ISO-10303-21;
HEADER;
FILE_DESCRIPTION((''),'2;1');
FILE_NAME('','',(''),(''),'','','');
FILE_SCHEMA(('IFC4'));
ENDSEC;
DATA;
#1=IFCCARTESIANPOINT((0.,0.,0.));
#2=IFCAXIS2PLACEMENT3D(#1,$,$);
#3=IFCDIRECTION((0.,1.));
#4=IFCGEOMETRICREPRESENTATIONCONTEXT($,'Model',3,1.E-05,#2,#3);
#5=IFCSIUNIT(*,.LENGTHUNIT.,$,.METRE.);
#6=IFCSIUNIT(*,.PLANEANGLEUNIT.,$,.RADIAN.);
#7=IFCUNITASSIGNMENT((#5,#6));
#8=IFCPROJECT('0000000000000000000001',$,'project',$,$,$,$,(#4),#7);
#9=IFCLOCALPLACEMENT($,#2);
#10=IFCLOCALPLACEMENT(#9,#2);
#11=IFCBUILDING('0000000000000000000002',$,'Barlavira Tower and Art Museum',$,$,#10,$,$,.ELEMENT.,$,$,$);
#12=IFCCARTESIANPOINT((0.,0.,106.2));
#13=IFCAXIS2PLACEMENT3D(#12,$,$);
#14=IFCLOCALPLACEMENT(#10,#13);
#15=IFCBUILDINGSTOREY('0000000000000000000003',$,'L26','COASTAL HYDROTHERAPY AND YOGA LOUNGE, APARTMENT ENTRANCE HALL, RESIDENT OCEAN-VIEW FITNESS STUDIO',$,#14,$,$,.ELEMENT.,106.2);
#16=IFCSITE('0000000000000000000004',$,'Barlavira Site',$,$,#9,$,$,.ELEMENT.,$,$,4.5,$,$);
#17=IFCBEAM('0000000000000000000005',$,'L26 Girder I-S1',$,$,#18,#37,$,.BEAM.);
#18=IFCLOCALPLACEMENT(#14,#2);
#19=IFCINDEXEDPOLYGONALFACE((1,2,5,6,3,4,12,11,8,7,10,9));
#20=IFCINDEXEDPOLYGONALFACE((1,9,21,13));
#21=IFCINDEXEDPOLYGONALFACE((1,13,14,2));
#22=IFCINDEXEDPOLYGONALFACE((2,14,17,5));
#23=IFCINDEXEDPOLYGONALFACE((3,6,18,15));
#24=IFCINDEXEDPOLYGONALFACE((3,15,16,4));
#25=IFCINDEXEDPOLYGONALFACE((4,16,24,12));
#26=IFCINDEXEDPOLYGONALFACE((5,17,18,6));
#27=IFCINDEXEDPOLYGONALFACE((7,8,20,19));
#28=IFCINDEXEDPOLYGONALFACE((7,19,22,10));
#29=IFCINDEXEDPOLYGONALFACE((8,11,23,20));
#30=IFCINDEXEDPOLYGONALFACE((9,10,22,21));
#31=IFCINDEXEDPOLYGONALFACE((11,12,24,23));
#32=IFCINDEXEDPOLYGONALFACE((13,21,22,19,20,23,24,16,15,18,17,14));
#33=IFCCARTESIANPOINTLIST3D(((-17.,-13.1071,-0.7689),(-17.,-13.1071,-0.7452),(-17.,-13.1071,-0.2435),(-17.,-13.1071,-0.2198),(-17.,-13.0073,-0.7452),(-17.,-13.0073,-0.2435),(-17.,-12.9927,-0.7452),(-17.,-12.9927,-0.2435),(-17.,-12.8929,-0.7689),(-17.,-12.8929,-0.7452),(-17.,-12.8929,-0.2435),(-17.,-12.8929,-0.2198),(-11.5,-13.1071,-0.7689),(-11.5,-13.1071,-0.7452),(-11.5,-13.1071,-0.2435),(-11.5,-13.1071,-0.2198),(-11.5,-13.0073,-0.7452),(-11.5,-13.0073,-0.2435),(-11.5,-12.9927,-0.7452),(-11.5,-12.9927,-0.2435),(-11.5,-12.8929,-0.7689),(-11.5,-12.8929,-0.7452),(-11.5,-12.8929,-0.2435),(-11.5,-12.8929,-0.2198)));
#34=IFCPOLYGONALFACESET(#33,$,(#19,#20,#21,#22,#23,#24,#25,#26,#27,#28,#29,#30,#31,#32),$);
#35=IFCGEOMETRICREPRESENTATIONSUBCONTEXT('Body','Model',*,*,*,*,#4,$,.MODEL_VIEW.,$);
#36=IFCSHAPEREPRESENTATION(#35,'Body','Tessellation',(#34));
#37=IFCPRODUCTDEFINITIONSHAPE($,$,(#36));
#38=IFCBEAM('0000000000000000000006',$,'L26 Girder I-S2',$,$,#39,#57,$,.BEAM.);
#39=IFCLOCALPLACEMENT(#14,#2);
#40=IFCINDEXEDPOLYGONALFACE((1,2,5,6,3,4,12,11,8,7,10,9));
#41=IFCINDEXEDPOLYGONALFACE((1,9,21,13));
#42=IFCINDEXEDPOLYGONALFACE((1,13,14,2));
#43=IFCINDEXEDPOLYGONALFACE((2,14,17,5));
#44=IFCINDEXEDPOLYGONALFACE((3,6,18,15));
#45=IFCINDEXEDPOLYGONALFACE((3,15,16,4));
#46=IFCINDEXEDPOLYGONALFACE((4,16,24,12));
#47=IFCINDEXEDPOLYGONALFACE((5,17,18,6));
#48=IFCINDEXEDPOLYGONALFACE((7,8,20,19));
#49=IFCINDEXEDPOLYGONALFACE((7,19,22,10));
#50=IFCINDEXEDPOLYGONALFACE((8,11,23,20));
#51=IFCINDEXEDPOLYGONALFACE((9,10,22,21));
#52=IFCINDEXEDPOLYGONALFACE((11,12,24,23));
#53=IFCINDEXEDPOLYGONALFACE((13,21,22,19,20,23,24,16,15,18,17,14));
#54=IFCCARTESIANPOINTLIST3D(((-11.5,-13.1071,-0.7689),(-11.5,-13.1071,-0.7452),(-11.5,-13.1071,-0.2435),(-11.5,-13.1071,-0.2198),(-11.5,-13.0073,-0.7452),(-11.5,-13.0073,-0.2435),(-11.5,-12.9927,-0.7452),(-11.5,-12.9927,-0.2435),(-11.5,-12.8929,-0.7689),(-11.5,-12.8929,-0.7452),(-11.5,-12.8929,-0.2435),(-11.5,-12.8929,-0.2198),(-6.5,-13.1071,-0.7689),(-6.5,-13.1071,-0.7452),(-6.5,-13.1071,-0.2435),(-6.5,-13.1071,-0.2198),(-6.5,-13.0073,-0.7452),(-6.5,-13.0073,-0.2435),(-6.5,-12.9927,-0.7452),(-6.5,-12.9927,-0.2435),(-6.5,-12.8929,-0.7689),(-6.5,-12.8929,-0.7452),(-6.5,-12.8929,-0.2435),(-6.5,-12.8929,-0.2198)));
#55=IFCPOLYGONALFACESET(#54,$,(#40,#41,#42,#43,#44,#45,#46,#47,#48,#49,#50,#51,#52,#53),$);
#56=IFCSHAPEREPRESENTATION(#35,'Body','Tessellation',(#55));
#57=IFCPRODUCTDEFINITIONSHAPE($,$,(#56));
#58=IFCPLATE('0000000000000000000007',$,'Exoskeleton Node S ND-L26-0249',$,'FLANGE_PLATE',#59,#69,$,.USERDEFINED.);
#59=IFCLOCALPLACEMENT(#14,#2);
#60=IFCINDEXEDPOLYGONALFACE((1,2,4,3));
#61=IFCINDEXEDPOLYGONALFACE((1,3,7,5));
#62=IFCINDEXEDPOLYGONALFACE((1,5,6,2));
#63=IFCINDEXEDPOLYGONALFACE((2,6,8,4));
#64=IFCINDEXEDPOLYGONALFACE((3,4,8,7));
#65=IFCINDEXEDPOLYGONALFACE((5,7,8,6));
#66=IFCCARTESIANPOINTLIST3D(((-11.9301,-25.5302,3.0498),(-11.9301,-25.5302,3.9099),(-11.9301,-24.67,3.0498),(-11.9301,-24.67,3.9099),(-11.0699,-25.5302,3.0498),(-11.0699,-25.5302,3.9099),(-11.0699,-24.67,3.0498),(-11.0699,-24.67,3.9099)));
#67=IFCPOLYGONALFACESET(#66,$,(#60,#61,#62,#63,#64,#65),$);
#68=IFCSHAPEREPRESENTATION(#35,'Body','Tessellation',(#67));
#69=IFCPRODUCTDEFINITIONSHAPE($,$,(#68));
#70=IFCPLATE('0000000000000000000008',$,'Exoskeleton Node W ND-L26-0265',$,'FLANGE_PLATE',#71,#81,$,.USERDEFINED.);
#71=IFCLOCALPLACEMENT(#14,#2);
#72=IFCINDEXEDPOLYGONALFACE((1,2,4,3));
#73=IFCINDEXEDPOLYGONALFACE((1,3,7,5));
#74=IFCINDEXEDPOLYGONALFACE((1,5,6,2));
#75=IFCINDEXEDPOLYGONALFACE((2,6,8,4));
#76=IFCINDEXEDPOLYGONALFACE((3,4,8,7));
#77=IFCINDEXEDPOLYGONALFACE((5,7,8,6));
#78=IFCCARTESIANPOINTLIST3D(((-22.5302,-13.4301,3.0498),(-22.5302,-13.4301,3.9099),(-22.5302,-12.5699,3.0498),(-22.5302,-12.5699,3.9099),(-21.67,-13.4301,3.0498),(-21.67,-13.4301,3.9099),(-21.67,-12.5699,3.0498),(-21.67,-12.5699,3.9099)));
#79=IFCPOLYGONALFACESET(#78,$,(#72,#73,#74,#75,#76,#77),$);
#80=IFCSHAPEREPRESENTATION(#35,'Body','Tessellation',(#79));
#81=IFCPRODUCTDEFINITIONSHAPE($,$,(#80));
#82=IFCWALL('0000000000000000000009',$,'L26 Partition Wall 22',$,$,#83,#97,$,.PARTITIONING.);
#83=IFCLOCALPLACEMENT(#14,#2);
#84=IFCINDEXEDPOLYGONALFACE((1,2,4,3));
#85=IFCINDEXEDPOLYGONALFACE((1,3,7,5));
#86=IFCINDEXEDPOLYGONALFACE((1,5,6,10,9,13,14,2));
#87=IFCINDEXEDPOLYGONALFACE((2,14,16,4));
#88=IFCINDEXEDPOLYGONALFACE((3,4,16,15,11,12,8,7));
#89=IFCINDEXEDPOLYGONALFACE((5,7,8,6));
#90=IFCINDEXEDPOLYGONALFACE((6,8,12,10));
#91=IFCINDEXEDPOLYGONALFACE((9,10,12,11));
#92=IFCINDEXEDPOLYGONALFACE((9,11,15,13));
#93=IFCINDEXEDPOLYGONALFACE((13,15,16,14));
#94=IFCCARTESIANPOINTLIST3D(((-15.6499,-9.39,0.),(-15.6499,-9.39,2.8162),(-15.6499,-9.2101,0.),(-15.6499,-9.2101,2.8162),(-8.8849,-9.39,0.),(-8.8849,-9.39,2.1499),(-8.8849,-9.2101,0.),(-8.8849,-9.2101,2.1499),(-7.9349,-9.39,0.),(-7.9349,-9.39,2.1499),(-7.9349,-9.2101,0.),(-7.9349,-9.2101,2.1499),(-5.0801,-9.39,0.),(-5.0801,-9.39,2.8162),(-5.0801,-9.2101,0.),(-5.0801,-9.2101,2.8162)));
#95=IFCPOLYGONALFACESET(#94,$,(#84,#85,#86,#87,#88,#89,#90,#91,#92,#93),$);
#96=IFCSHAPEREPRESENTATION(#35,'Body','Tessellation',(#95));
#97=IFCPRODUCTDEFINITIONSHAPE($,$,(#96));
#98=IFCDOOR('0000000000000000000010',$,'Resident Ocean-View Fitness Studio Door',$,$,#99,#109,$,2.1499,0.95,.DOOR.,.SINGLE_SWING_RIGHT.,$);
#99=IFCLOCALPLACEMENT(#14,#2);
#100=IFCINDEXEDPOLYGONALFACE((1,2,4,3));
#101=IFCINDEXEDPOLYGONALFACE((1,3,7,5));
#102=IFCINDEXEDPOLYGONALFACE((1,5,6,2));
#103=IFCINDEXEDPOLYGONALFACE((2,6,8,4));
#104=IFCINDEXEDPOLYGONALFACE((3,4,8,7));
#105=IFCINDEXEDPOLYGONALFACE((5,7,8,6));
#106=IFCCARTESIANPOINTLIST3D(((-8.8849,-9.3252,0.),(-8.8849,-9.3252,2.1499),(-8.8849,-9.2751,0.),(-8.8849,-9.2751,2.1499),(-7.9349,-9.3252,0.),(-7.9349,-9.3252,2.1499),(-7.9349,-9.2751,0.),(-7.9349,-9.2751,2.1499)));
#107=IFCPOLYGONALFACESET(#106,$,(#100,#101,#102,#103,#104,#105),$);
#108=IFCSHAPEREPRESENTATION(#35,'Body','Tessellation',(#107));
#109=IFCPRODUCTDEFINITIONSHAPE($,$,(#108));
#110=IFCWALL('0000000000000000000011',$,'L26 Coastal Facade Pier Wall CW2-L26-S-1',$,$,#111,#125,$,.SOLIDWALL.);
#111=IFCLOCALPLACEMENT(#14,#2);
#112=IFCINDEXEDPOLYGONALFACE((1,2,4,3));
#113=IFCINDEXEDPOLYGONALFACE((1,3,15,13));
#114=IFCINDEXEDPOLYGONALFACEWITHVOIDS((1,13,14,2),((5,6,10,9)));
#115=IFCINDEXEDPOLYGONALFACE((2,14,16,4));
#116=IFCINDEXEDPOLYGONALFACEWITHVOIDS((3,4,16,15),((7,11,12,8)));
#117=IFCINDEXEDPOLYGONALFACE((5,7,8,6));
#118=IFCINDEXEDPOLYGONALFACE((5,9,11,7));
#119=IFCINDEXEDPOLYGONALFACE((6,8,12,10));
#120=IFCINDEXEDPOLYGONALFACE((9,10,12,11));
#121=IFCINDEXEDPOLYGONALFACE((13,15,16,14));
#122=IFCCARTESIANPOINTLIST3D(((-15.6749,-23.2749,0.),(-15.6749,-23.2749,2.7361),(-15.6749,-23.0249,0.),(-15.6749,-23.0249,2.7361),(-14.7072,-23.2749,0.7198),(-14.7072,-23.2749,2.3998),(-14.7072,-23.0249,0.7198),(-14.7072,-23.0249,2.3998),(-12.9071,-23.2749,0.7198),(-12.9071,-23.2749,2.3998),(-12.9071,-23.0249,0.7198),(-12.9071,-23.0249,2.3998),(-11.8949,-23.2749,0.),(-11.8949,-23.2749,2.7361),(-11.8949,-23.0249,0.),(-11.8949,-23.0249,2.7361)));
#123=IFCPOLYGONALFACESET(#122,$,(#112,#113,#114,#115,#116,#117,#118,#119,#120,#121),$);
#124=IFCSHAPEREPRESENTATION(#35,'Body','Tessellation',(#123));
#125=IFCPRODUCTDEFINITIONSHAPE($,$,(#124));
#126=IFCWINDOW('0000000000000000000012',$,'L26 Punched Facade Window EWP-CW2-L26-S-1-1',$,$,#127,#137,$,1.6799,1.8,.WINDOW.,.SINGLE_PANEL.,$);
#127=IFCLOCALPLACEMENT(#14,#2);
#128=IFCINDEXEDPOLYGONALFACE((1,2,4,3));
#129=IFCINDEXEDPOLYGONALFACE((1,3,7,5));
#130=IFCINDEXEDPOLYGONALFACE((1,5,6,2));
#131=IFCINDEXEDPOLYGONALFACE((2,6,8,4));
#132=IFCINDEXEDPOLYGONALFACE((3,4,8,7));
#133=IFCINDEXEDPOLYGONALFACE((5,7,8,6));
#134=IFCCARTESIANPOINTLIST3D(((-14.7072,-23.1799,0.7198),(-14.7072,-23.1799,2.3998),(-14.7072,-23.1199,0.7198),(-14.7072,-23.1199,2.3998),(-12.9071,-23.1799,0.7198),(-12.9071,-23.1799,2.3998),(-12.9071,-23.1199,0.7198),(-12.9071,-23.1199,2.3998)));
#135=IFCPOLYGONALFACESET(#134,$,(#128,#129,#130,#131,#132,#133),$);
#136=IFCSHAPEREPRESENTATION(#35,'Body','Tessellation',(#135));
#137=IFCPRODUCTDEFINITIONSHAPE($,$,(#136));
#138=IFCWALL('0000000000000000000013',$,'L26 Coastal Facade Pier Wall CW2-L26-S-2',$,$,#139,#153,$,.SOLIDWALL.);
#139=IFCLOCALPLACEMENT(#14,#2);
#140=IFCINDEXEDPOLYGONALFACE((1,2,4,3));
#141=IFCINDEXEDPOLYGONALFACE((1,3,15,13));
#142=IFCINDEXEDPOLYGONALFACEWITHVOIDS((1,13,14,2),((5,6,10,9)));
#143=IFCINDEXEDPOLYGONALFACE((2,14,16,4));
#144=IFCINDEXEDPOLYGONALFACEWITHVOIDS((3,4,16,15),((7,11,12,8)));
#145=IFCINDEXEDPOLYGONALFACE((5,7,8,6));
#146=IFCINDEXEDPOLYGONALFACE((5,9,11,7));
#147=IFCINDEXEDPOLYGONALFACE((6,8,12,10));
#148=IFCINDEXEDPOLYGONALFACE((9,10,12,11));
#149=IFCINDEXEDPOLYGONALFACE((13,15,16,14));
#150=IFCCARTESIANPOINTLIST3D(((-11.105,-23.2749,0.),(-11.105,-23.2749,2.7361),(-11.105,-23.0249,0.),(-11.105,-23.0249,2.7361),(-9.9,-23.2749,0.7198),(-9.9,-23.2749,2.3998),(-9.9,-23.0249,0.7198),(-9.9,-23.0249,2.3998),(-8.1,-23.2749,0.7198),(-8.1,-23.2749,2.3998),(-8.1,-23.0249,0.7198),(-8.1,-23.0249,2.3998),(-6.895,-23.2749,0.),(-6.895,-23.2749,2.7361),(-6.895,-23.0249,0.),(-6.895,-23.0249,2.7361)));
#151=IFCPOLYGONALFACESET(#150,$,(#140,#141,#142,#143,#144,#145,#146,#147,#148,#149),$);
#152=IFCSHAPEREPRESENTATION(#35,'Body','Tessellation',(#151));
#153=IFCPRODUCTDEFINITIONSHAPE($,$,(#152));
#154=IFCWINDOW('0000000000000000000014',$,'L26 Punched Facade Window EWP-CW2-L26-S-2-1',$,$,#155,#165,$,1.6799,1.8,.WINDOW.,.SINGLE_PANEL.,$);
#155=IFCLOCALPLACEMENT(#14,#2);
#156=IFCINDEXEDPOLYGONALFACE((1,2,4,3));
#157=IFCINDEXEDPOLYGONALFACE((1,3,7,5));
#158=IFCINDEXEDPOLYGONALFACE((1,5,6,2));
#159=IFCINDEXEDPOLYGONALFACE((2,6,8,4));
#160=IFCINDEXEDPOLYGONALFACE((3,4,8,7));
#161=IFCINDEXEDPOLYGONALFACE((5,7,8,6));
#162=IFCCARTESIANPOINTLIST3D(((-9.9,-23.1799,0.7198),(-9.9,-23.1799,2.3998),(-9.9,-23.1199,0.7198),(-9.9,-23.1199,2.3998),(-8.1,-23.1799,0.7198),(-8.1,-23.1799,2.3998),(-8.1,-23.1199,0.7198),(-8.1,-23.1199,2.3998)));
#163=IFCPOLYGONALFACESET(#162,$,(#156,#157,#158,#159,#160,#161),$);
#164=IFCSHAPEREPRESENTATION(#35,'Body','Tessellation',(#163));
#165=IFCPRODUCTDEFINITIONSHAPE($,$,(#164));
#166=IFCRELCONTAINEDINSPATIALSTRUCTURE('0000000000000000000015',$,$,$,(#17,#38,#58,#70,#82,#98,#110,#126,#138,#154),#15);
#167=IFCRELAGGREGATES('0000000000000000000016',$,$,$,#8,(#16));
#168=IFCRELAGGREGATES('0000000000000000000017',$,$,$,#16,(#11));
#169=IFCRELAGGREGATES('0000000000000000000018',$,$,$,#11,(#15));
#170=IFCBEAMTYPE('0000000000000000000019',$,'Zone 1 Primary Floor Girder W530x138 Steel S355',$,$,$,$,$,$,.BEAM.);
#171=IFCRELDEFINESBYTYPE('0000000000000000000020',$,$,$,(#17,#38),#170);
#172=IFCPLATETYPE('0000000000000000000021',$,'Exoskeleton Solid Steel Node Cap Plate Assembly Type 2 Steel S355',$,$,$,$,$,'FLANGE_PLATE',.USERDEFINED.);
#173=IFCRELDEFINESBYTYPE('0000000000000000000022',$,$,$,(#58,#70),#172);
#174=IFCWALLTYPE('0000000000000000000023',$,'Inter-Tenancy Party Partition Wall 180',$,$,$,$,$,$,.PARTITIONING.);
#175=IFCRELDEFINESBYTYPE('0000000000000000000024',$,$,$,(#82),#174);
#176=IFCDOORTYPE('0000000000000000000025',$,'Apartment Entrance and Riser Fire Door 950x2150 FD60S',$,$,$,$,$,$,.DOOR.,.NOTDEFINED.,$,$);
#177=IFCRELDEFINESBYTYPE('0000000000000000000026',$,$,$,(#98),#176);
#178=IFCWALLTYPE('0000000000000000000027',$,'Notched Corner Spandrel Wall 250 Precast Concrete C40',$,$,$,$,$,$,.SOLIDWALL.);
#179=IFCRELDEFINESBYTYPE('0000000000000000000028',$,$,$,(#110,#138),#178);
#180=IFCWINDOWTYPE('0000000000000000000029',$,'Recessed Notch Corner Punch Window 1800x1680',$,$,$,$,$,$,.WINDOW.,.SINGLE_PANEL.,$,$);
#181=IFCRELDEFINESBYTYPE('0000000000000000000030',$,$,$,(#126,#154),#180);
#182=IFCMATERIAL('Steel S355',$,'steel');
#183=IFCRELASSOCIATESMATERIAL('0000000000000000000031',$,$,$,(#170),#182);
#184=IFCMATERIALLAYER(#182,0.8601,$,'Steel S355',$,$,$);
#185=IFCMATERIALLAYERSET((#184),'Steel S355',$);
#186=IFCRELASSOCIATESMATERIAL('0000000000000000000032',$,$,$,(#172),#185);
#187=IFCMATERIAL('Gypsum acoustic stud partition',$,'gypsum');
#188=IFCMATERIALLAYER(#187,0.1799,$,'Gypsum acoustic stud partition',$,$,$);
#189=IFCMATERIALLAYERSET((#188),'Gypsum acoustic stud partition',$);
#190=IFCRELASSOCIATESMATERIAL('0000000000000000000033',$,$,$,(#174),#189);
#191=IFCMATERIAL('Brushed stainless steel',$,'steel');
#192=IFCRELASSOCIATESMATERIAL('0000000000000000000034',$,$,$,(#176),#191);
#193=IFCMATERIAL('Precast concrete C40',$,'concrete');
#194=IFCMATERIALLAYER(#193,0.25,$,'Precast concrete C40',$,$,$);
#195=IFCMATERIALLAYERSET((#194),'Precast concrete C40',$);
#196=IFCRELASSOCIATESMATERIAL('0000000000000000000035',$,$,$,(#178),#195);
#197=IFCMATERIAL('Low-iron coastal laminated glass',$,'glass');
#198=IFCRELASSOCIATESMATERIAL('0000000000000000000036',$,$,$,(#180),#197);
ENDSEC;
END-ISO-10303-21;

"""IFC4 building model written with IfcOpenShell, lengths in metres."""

from ifc_helpers import new_model, si_unit, direction, frame, frame_2d, origin, origin_2d, place, context, subcontext, project, spatial, rectangle, i_section, extrude, material, layer, layer_set, material_profile, profile_set, type_object, element, fill, save


model = new_model("IFC4")

# Units and contexts
model_context = context("Model", 3, precision=1e-05, world=origin(), true_north=direction((0.0, 1.0)))
body_context = subcontext(model_context, "Body", "Model", "MODEL_VIEW")
ifc_project = project(units=[si_unit("LENGTHUNIT", "METRE"), si_unit("PLANEANGLEUNIT", "RADIAN")], contexts=[model_context])

# Site, building, storey
site_placement = place(None, origin())
site = spatial("IfcSite", under=ifc_project, at=site_placement, Name="Barlavira Site", CompositionType="ELEMENT", RefElevation=4.5)
building_placement = place(site_placement, origin())
building = spatial("IfcBuilding", under=site, at=building_placement, Name="Barlavira Tower and Art Museum", CompositionType="ELEMENT")
storey_placement = place(building_placement, frame((0.0, 0.0, 106.2)))
storey = spatial("IfcBuildingStorey", under=building, at=storey_placement, Name="L26", Description="COASTAL HYDROTHERAPY AND YOGA LOUNGE, APARTMENT ENTRANCE HALL, RESIDENT OCEAN-VIEW FITNESS STUDIO", CompositionType="ELEMENT", Elevation=106.2)

# Beams
ifc_material_1 = material(Name="Steel S355", Category="steel")
ifc_material_profile_1 = material_profile(ifc_material_1, i_section(OverallWidth=0.2141, OverallDepth=0.5491, WebThickness=0.0146, FlangeThickness=0.0237, at=origin_2d()), Name="W530x138.0")
ifc_profile_set_1 = profile_set([ifc_material_profile_1], Name="Steel S355")
beam_type_1 = type_object("IfcBeamType", Name="Zone 1 Primary Floor Girder W530x138 Steel S355", PredefinedType="BEAM", material=ifc_profile_set_1)
for number, where, z_axis, x_axis, name in (
    (1, (-17.0, -13.0, -0.4944), (1.0, 0.0, 0.0), (0.0, 1.0, 0.0), "L26 Girder I-S1"),
):
    element("IfcBeam", number, at=place(storey_placement, frame(where, z_axis=z_axis, x_axis=x_axis)), inside=storey, type_object=beam_type_1, Name=name, PredefinedType="BEAM", context=body_context, shape_type="SweptSolid", body=[
        extrude(i_section(OverallWidth=0.2141, OverallDepth=0.5491, WebThickness=0.0146, FlangeThickness=0.0237, at=origin_2d()), origin(), (0.0, 0.0, 1.0), 5.5),
    ])
beam_1_placement = place(storey_placement, frame((-11.5, -13.0, -0.4944), z_axis=(1.0, 0.0, 0.0), x_axis=(0.0, 1.0, 0.0)))
element("IfcBeam", 2, at=beam_1_placement, inside=storey, type_object=beam_type_1, Name="L26 Girder I-S2", PredefinedType="BEAM", context=body_context, shape_type="SweptSolid", body=[
    extrude(i_section(OverallWidth=0.2141, OverallDepth=0.5491, WebThickness=0.0146, FlangeThickness=0.0237, at=origin_2d()), origin(), (0.0, 0.0, 1.0), 5.0),
])

# Plates
ifc_layer_1 = layer(ifc_material_1, 0.8601, Name="Steel S355")
ifc_layer_set_1 = layer_set([ifc_layer_1], Name="Steel S355")
plate_type = type_object("IfcPlateType", Name="Exoskeleton Solid Steel Node Cap Plate Assembly Type 2 Steel S355", ElementType="FLANGE_PLATE", PredefinedType="USERDEFINED", material=ifc_layer_set_1)
for number, where, z_axis, x_axis, name in (
    (3, (-11.5, -25.1001, 3.0498), (0.0, 0.0, 1.0), (1.0, 0.0, 0.0), "Exoskeleton Node S ND-L26-0249"),
    (4, (-22.1001, -13.0, 3.0498), (0.0, 0.0, 1.0), (1.0, 0.0, 0.0), "Exoskeleton Node W ND-L26-0265"),
):
    element("IfcPlate", number, at=place(storey_placement, frame(where, z_axis=z_axis, x_axis=x_axis)), inside=storey, type_object=plate_type, Name=name, ObjectType="FLANGE_PLATE", PredefinedType="USERDEFINED", context=body_context, shape_type="SweptSolid", body=[
        extrude(rectangle(XDim=0.8601, YDim=0.8601, at=origin_2d()), origin(), (0.0, 0.0, 1.0), 0.8601),
    ])

# Wall, opening, door
ifc_material_2 = material(Name="Gypsum acoustic stud partition", Category="gypsum")
ifc_layer_2 = layer(ifc_material_2, 0.1799, Name="Gypsum acoustic stud partition")
ifc_layer_set_2 = layer_set([ifc_layer_2], Name="Gypsum acoustic stud partition")
wall_type_1 = type_object("IfcWallType", Name="Inter-Tenancy Party Partition Wall 180", PredefinedType="PARTITIONING", material=ifc_layer_set_2)
wall_1_placement = place(storey_placement, frame((-15.6499, -9.3, 0.0), z_axis=(0.0, 0.0, 1.0), x_axis=(1.0, 0.0, 0.0)))
wall_1 = element("IfcWall", 5, at=wall_1_placement, inside=storey, type_object=wall_type_1, Name="L26 Partition Wall 22", PredefinedType="PARTITIONING", context=body_context, shape_type="SweptSolid", body=[
    extrude(rectangle(XDim=10.5698, YDim=0.1799, at=frame_2d((5.2849, 0.0))), origin(), (0.0, 0.0, 1.0), 2.8162),
])
opening_1_placement = place(wall_1_placement, frame((6.7649, 0.0, 0.0)))
opening_1 = element("IfcOpeningElement", 6, at=opening_1_placement, cuts=wall_1, PredefinedType="OPENING", context=body_context, shape_type="SweptSolid", body=[
    extrude(rectangle(XDim=0.95, YDim=2.1499, at=frame_2d((0.4751, 1.075))), frame((0.0, 0.1001, 0.0), z_axis=(0.0, -1.0, 0.0), x_axis=(1.0, 0.0, 0.0)), (0.0, 0.0, 1.0), 0.2),
])
ifc_material_3 = material(Name="Brushed stainless steel", Category="steel")
door_type = type_object("IfcDoorType", Name="Apartment Entrance and Riser Fire Door 950x2150 FD60S", OperationType="NOTDEFINED", PredefinedType="DOOR", material=ifc_material_3)
door_placement = place(opening_1_placement, origin())
door = element("IfcDoor", 7, at=door_placement, inside=storey, type_object=door_type, Name="Resident Ocean-View Fitness Studio Door", OperationType="SINGLE_SWING_RIGHT", OverallHeight=2.1499, OverallWidth=0.95, PredefinedType="DOOR", context=body_context, shape_type="SweptSolid", body=[
    extrude(rectangle(XDim=0.95, YDim=2.1499, at=frame_2d((0.4751, 1.075))), frame((0.0, 0.0249, 0.0), z_axis=(0.0, -1.0, 0.0), x_axis=(1.0, 0.0, 0.0)), (0.0, 0.0, 1.0), 0.05),
])
fill(opening_1, door)

# Walls, openings, windows
ifc_material_4 = material(Name="Precast concrete C40", Category="concrete")
ifc_layer_3 = layer(ifc_material_4, 0.25, Name="Precast concrete C40")
ifc_layer_set_3 = layer_set([ifc_layer_3], Name="Precast concrete C40")
wall_type_2 = type_object("IfcWallType", Name="Notched Corner Spandrel Wall 250 Precast Concrete C40", PredefinedType="SOLIDWALL", material=ifc_layer_set_3)
wall_2_placement = place(storey_placement, frame((-15.675, -23.1499, 0.0), z_axis=(0.0, 0.0, 1.0), x_axis=(1.0, 0.0, 0.0)))
wall_2 = element("IfcWall", 8, at=wall_2_placement, inside=storey, type_object=wall_type_2, Name="L26 Coastal Facade Pier Wall CW2-L26-S-1", PredefinedType="SOLIDWALL", context=body_context, shape_type="SweptSolid", body=[
    extrude(rectangle(XDim=3.78, YDim=0.25, at=frame_2d((1.8901, 0.0))), origin(), (0.0, 0.0, 1.0), 2.7361),
])
opening_2_placement = place(wall_2_placement, frame((0.968, 0.0, 0.72)))
opening_2 = element("IfcOpeningElement", 9, at=opening_2_placement, cuts=wall_2, PredefinedType="OPENING", context=body_context, shape_type="SweptSolid", body=[
    extrude(rectangle(XDim=1.8, YDim=1.6799, at=frame_2d((0.8999, 0.8398))), frame((0.0, 0.135, 0.0), z_axis=(0.0, -1.0, 0.0), x_axis=(1.0, 0.0, 0.0)), (0.0, 0.0, 1.0), 0.27),
])
ifc_material_5 = material(Name="Low-iron coastal laminated glass", Category="glass")
window_type = type_object("IfcWindowType", Name="Recessed Notch Corner Punch Window 1800x1680", PartitioningType="SINGLE_PANEL", PredefinedType="WINDOW", material=ifc_material_5)
window_1_placement = place(opening_2_placement, origin())
window_1 = element("IfcWindow", 10, at=window_1_placement, inside=storey, type_object=window_type, Name="L26 Punched Facade Window EWP-CW2-L26-S-1-1", OverallHeight=1.6799, OverallWidth=1.8, PartitioningType="SINGLE_PANEL", PredefinedType="WINDOW", context=body_context, shape_type="SweptSolid", body=[
    extrude(rectangle(XDim=1.8, YDim=1.6799, at=frame_2d((0.8999, 0.8398))), frame((0.0, 0.03, 0.0), z_axis=(0.0, -1.0, 0.0), x_axis=(1.0, 0.0, 0.0)), (0.0, 0.0, 1.0), 0.0601),
])
fill(opening_2, window_1)
wall_3_placement = place(storey_placement, frame((-11.105, -23.1499, 0.0), z_axis=(0.0, 0.0, 1.0), x_axis=(1.0, 0.0, 0.0)))
wall_3 = element("IfcWall", 11, at=wall_3_placement, inside=storey, type_object=wall_type_2, Name="L26 Coastal Facade Pier Wall CW2-L26-S-2", PredefinedType="SOLIDWALL", context=body_context, shape_type="SweptSolid", body=[
    extrude(rectangle(XDim=4.21, YDim=0.25, at=frame_2d((2.105, 0.0))), origin(), (0.0, 0.0, 1.0), 2.7361),
])
opening_3_placement = place(wall_3_placement, frame((1.2051, 0.0, 0.72)))
opening_3 = element("IfcOpeningElement", 12, at=opening_3_placement, cuts=wall_3, PredefinedType="OPENING", context=body_context, shape_type="SweptSolid", body=[
    extrude(rectangle(XDim=1.8, YDim=1.6799, at=frame_2d((0.8999, 0.8398))), frame((0.0, 0.135, 0.0), z_axis=(0.0, -1.0, 0.0), x_axis=(1.0, 0.0, 0.0)), (0.0, 0.0, 1.0), 0.27),
])
window_2_placement = place(opening_3_placement, origin())
window_2 = element("IfcWindow", 13, at=window_2_placement, inside=storey, type_object=window_type, Name="L26 Punched Facade Window EWP-CW2-L26-S-2-1", OverallHeight=1.6799, OverallWidth=1.8, PartitioningType="SINGLE_PANEL", PredefinedType="WINDOW", context=body_context, shape_type="SweptSolid", body=[
    extrude(rectangle(XDim=1.8, YDim=1.6799, at=frame_2d((0.8999, 0.8398))), frame((0.0, 0.03, 0.0), z_axis=(0.0, -1.0, 0.0), x_axis=(1.0, 0.0, 0.0)), (0.0, 0.0, 1.0), 0.0601),
])
fill(opening_3, window_2)

save(model, "model.ifc")
